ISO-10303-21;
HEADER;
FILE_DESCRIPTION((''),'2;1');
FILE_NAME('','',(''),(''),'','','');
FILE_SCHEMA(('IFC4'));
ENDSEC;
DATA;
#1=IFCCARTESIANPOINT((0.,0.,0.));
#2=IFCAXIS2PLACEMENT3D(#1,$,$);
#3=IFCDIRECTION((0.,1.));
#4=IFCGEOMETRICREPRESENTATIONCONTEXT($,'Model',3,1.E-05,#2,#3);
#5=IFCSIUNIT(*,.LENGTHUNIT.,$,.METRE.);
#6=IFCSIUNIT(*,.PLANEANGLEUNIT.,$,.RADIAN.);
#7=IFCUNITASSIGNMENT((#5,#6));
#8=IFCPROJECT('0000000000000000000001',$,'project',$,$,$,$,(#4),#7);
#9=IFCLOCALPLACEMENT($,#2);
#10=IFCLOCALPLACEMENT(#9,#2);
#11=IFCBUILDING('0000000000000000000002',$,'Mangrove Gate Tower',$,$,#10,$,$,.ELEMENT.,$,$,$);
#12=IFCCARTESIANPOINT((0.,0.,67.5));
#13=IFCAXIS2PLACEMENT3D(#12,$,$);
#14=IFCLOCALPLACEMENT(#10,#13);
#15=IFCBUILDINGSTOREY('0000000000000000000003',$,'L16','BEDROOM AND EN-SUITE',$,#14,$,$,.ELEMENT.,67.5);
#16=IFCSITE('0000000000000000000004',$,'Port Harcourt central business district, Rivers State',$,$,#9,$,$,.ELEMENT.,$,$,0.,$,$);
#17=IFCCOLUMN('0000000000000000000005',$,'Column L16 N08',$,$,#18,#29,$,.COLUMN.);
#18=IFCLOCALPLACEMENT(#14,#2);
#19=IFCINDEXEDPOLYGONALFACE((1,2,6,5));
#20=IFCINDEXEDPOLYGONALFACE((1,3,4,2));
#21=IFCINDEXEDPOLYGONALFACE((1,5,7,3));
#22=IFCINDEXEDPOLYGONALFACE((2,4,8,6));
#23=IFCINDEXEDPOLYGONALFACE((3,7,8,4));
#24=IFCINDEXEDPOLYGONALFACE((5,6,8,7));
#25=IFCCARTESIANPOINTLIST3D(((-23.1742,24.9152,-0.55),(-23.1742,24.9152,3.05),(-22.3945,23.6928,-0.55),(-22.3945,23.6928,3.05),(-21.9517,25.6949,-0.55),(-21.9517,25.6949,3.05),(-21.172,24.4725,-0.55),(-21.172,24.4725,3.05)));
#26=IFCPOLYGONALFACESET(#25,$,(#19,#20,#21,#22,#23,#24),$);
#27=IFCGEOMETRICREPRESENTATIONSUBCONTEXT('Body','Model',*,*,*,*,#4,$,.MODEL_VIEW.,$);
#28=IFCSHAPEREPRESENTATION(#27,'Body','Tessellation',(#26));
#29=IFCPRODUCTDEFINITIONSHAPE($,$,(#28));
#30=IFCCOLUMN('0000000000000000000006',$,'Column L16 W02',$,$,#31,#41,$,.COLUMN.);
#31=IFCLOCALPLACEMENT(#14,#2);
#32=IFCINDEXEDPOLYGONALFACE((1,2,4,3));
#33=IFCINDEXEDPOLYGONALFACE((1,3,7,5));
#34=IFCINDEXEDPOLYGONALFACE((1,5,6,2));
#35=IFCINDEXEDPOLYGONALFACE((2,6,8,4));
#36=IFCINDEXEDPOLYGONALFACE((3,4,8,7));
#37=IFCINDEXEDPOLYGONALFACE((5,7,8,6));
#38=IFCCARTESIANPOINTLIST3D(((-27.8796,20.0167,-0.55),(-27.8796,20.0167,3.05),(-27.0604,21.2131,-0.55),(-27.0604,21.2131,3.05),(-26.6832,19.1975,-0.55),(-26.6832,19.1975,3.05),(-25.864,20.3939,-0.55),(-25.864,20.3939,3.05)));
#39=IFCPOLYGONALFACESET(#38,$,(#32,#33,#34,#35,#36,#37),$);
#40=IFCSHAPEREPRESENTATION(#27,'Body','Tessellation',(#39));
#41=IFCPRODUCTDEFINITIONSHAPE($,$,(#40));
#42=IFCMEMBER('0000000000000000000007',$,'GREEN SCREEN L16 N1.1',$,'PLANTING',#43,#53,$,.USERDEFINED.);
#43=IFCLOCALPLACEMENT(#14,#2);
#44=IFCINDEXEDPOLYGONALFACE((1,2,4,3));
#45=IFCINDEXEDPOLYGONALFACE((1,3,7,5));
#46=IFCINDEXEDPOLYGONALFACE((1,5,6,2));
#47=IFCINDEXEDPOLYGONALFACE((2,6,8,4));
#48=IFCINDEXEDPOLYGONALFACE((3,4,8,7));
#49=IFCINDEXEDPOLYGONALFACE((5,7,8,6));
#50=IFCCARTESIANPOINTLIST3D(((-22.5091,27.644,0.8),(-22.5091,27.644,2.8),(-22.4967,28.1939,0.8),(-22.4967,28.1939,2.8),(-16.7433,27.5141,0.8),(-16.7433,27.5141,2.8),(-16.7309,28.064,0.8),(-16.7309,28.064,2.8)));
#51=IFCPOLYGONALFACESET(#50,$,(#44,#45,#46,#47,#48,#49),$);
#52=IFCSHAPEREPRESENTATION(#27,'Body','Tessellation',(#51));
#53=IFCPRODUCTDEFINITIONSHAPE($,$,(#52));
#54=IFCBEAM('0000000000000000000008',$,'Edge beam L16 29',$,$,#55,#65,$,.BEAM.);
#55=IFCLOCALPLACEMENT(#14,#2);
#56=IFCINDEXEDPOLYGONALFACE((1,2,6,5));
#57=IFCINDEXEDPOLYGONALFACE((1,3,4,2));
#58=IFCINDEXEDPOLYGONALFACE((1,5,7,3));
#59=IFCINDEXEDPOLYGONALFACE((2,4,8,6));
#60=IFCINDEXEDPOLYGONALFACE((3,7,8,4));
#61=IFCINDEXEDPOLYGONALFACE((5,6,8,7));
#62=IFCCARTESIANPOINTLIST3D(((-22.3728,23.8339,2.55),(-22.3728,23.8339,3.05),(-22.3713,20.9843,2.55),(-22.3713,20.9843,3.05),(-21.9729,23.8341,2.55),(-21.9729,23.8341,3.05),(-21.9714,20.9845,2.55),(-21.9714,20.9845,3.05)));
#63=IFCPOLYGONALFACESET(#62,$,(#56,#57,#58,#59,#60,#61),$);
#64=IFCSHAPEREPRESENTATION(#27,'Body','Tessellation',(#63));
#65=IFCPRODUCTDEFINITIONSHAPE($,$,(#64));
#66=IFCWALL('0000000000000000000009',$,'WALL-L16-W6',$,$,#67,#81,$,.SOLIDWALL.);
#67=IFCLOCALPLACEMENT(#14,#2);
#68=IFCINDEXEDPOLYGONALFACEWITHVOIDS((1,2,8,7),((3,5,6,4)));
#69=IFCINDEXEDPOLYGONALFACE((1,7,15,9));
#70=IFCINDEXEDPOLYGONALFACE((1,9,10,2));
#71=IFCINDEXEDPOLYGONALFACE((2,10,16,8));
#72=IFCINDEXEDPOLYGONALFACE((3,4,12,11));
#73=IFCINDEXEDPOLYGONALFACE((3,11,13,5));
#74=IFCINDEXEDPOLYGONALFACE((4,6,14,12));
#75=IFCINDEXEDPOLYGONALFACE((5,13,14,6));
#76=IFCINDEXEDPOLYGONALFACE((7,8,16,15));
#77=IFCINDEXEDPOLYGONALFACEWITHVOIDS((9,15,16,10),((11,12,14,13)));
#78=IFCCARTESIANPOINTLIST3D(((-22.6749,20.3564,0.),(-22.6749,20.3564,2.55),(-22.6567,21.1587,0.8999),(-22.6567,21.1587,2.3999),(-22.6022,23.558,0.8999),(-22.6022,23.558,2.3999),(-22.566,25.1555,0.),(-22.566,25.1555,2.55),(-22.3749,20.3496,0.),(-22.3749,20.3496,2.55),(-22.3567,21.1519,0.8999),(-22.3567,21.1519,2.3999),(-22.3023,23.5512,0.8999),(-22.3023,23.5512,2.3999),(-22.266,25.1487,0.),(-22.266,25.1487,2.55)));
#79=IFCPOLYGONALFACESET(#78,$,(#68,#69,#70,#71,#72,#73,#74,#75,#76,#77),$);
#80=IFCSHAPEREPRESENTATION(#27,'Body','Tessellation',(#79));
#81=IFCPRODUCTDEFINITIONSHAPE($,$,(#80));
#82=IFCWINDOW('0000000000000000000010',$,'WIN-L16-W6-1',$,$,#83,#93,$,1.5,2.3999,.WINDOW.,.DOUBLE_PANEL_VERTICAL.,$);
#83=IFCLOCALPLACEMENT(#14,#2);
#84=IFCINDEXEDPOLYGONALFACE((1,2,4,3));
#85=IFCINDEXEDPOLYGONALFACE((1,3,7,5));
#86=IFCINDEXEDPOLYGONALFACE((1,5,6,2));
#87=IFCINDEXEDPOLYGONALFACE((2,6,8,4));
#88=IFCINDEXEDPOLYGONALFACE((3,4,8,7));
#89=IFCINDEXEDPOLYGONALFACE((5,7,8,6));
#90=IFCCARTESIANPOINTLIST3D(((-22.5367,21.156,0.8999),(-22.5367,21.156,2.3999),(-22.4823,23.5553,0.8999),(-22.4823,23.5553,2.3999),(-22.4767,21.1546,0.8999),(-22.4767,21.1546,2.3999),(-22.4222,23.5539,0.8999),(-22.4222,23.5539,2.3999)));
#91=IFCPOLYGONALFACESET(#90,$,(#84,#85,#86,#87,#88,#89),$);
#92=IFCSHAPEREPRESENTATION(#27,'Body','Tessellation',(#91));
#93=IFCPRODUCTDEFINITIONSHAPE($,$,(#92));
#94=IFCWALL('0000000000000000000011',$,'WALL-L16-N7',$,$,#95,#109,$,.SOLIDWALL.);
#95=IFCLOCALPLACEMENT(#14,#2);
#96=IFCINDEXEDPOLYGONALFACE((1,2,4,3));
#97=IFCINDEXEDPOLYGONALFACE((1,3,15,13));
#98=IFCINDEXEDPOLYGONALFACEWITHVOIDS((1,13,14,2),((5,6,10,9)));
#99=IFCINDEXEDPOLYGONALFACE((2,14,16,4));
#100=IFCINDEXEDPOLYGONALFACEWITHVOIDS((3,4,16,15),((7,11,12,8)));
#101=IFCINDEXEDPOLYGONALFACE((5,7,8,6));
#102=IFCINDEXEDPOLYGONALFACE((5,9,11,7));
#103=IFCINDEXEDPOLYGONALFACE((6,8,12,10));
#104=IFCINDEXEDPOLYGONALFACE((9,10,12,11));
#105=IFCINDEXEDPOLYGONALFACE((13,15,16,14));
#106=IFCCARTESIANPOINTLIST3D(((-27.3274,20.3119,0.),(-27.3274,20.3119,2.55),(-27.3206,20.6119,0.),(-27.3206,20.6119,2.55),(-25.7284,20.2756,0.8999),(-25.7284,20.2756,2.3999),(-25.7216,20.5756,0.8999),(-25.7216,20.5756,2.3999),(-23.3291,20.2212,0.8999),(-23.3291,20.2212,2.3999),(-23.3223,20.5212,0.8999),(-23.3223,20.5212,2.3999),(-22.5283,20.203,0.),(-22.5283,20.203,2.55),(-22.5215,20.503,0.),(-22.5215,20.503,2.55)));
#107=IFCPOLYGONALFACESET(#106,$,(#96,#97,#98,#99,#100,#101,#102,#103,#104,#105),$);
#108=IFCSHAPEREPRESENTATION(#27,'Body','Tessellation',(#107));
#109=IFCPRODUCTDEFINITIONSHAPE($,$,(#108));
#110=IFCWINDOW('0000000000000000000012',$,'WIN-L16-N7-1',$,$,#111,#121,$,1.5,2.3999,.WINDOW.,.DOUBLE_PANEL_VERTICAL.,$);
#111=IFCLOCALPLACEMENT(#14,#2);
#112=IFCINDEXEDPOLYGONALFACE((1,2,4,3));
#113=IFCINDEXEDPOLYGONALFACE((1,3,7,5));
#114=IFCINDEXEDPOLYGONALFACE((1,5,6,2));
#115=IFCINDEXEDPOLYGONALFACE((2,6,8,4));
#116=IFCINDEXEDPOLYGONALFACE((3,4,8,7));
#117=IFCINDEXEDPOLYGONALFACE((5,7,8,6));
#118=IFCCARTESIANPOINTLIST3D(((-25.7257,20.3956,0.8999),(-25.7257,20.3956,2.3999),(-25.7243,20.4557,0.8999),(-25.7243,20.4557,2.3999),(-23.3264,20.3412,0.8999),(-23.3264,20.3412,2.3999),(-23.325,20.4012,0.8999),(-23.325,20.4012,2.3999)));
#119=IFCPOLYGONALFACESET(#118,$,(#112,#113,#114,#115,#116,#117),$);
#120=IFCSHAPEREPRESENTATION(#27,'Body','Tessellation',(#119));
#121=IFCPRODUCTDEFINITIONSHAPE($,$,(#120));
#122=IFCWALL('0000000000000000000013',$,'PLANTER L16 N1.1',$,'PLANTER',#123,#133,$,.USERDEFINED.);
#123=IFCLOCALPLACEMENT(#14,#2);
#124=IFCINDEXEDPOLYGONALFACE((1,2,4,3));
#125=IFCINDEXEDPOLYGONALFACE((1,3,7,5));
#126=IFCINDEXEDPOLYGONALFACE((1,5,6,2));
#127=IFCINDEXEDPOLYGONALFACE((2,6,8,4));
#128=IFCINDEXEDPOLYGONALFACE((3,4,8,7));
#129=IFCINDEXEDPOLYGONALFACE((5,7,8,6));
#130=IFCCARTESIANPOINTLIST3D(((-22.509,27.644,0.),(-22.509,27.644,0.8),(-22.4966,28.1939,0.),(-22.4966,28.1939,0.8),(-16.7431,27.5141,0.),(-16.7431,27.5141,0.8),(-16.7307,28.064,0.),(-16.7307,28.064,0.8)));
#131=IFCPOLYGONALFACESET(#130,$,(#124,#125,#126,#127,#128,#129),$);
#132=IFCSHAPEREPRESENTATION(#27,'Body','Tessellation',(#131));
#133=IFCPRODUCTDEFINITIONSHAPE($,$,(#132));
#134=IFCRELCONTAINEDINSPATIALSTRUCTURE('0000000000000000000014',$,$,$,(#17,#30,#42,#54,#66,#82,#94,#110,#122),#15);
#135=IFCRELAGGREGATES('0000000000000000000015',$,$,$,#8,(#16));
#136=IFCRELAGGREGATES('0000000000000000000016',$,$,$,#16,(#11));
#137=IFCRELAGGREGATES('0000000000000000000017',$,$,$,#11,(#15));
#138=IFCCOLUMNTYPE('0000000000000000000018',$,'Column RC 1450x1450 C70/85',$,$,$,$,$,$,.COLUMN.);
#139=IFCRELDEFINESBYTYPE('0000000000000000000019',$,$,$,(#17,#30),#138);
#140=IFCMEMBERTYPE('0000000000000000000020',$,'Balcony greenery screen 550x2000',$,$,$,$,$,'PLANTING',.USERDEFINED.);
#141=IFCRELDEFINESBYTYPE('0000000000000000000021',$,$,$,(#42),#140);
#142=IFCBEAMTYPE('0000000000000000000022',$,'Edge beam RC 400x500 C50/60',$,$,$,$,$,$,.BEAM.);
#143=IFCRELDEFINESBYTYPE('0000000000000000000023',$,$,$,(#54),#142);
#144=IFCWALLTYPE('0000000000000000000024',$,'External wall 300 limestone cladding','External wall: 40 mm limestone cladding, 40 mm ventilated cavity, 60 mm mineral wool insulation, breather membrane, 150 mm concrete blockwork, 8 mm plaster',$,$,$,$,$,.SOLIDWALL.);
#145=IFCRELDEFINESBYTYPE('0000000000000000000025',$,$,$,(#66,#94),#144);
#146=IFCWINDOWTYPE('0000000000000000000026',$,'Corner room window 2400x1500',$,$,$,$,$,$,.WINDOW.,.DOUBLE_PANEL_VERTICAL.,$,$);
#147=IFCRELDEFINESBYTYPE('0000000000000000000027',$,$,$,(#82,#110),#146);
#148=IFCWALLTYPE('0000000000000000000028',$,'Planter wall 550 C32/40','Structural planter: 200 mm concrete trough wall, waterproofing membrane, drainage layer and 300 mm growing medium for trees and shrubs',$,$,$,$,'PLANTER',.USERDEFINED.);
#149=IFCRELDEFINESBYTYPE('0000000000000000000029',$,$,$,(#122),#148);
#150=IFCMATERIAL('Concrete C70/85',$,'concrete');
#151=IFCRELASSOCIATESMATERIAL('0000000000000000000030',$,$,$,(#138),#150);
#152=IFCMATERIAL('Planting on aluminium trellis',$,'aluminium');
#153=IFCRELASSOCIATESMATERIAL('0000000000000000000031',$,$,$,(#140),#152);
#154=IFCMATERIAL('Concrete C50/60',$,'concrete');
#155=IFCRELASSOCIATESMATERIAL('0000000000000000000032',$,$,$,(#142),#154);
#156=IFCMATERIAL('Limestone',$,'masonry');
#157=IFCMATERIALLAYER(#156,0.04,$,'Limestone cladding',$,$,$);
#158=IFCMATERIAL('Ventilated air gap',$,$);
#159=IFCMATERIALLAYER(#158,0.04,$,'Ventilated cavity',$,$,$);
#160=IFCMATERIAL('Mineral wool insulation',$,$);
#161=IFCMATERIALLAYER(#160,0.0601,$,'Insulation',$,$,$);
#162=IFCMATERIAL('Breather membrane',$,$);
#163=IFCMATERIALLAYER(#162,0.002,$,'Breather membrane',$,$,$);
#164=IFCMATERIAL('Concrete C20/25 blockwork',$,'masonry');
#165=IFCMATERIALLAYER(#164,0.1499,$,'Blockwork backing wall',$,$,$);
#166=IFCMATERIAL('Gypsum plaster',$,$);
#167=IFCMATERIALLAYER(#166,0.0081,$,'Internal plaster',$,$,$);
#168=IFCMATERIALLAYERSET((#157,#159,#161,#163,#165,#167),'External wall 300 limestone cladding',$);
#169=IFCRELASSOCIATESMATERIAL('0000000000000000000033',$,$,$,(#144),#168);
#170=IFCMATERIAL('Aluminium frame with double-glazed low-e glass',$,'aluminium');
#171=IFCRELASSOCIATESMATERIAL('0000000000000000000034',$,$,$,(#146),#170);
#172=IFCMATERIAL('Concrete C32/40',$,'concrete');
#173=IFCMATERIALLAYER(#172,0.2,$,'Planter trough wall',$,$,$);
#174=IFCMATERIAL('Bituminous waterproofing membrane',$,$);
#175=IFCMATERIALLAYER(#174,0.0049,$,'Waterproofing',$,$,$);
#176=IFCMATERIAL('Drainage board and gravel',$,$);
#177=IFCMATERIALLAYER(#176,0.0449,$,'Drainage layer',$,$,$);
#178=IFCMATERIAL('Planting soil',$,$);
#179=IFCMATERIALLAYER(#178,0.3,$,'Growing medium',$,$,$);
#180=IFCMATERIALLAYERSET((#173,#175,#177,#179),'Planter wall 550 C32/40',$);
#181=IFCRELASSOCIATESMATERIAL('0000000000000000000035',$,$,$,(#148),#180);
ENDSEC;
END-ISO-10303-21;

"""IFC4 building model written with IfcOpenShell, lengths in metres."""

from ifc_helpers import new_model, si_unit, direction, frame, frame_2d, origin, origin_2d, place, context, subcontext, project, spatial, rectangle, extrude, material, layer, layer_set, material_profile, profile_set, type_object, element, fill, save


model = new_model("IFC4")

# Units and contexts
model_context = context("Model", 3, precision=1e-05, world=origin(), true_north=direction((0.0, 1.0)))
body_context = subcontext(model_context, "Body", "Model", "MODEL_VIEW")
ifc_project = project(units=[si_unit("LENGTHUNIT", "METRE"), si_unit("PLANEANGLEUNIT", "RADIAN")], contexts=[model_context])

# Site, building, storey
site_placement = place(None, origin())
site = spatial("IfcSite", under=ifc_project, at=site_placement, Name="Port Harcourt central business district, Rivers State", CompositionType="ELEMENT", RefElevation=0.0)
building_placement = place(site_placement, origin())
building = spatial("IfcBuilding", under=site, at=building_placement, Name="Mangrove Gate Tower", CompositionType="ELEMENT")
storey_placement = place(building_placement, frame((0.0, 0.0, 67.5)))
storey = spatial("IfcBuildingStorey", under=building, at=storey_placement, Name="L16", Description="BEDROOM AND EN-SUITE", CompositionType="ELEMENT", Elevation=67.5)

# Columns
ifc_material_1 = material(Name="Concrete C70/85", Category="concrete")
ifc_material_profile_1 = material_profile(ifc_material_1, rectangle(XDim=1.45, YDim=1.45, at=origin_2d()))
ifc_profile_set_1 = profile_set([ifc_material_profile_1], Name="Concrete C70/85")
column_type = type_object("IfcColumnType", Name="Column RC 1450x1450 C70/85", PredefinedType="COLUMN", material=ifc_profile_set_1)
for number, where, z_axis, x_axis, name in (
    (1, (-22.1731, 24.6938, -0.55), (0.0, 0.0, 1.0), (-0.843102, -0.537753, 0.0), "Column L16 N08"),
    (2, (-26.8718, 20.2053, -0.55), (0.0, 0.0, 1.0), (-0.564978, -0.825106, 0.0), "Column L16 W02"),
):
    element("IfcColumn", number, at=place(storey_placement, frame(where, z_axis=z_axis, x_axis=x_axis)), inside=storey, type_object=column_type, Name=name, PredefinedType="COLUMN", context=body_context, shape_type="SweptSolid", body=[
        extrude(rectangle(XDim=1.45, YDim=1.45, at=origin_2d()), origin(), (0.0, 0.0, 1.0), 3.6001),
    ])

# Member
ifc_material_2 = material(Name="Planting on aluminium trellis", Category="aluminium")
ifc_material_profile_2 = material_profile(ifc_material_2, rectangle(XDim=0.55, YDim=2.0, at=origin_2d()))
ifc_profile_set_2 = profile_set([ifc_material_profile_2], Name="Planting on aluminium trellis")
member_type = type_object("IfcMemberType", Name="Balcony greenery screen 550x2000", ElementType="PLANTING", PredefinedType="USERDEFINED", material=ifc_profile_set_2)
member_placement = place(storey_placement, frame((-22.5029, 27.9189, 1.8), z_axis=(0.999746, -0.02252, 0.0), x_axis=(0.02252, 0.999746, 0.0)))
element("IfcMember", 3, at=member_placement, inside=storey, type_object=member_type, Name="GREEN SCREEN L16 N1.1", ObjectType="PLANTING", PredefinedType="USERDEFINED", context=body_context, shape_type="SweptSolid", body=[
    extrude(rectangle(XDim=0.55, YDim=2.0, at=origin_2d()), origin(), (0.0, 0.0, 1.0), 5.7673),
])

# Beam
ifc_material_3 = material(Name="Concrete C50/60", Category="concrete")
ifc_material_profile_3 = material_profile(ifc_material_3, rectangle(XDim=0.3999, YDim=0.5, at=origin_2d()))
ifc_profile_set_3 = profile_set([ifc_material_profile_3], Name="Concrete C50/60")
beam_type = type_object("IfcBeamType", Name="Edge beam RC 400x500 C50/60", PredefinedType="BEAM", material=ifc_profile_set_3)
beam_placement = place(storey_placement, frame((-22.1729, 23.834, 2.8), z_axis=(0.000514, -1.0, 0.0), x_axis=(1.0, 0.000514, 0.0)))
element("IfcBeam", 4, at=beam_placement, inside=storey, type_object=beam_type, Name="Edge beam L16 29", PredefinedType="BEAM", context=body_context, shape_type="SweptSolid", body=[
    extrude(rectangle(XDim=0.3999, YDim=0.5, at=origin_2d()), origin(), (0.0, 0.0, 1.0), 2.8496),
])

# Walls, openings, windows
ifc_material_4 = material(Name="Limestone", Category="masonry")
ifc_layer_1 = layer(ifc_material_4, 0.04, Name="Limestone cladding")
ifc_material_5 = material(Name="Ventilated air gap")
ifc_layer_2 = layer(ifc_material_5, 0.04, Name="Ventilated cavity")
ifc_material_6 = material(Name="Mineral wool insulation")
ifc_layer_3 = layer(ifc_material_6, 0.0601, Name="Insulation")
ifc_material_7 = material(Name="Breather membrane")
ifc_layer_4 = layer(ifc_material_7, 0.002, Name="Breather membrane")
ifc_material_8 = material(Name="Concrete C20/25 blockwork", Category="masonry")
ifc_layer_5 = layer(ifc_material_8, 0.1499, Name="Blockwork backing wall")
ifc_material_9 = material(Name="Gypsum plaster")
ifc_layer_6 = layer(ifc_material_9, 0.0081, Name="Internal plaster")
ifc_layer_set_1 = layer_set([ifc_layer_1, ifc_layer_2, ifc_layer_3, ifc_layer_4, ifc_layer_5, ifc_layer_6], Name="External wall 300 limestone cladding")
wall_type_1 = type_object("IfcWallType", Name="External wall 300 limestone cladding", Description="External wall: 40 mm limestone cladding, 40 mm ventilated cavity, 60 mm mineral wool insulation, breather membrane, 150 mm concrete blockwork, 8 mm plaster", PredefinedType="SOLIDWALL", material=ifc_layer_set_1)
wall_1_placement = place(storey_placement, frame((-22.416, 25.1521, 0.0), z_axis=(0.0, 0.0, 1.0), x_axis=(-0.022683, -0.999743, 0.0)))
wall_1 = element("IfcWall", 5, at=wall_1_placement, inside=storey, type_object=wall_type_1, Name="WALL-L16-W6", PredefinedType="SOLIDWALL", context=body_context, shape_type="SweptSolid", body=[
    extrude(rectangle(XDim=4.8003, YDim=0.3, at=frame_2d((2.4001, 0.0))), origin(), (0.0, 0.0, 1.0), 2.55),
])
opening_1_placement = place(wall_1_placement, frame((1.5979, 0.0, 0.8999)))
opening_1 = element("IfcOpeningElement", 6, at=opening_1_placement, cuts=wall_1, PredefinedType="OPENING", context=body_context, shape_type="SweptSolid", body=[
    extrude(rectangle(XDim=2.3999, YDim=1.5, at=frame_2d((1.2, 0.75))), frame((0.0, 0.1599, 0.0), z_axis=(0.0, -1.0, 0.0), x_axis=(1.0, 0.0, 0.0)), (0.0, 0.0, 1.0), 0.3201),
])
ifc_material_10 = material(Name="Aluminium frame with double-glazed low-e glass", Category="aluminium")
window_type_1 = type_object("IfcWindowType", Name="Corner room window 2400x1500", PartitioningType="DOUBLE_PANEL_VERTICAL", PredefinedType="WINDOW", material=ifc_material_10)
window_1_placement = place(opening_1_placement, origin())
window_1 = element("IfcWindow", 7, at=window_1_placement, inside=storey, type_object=window_type_1, Name="WIN-L16-W6-1", OverallHeight=1.5, OverallWidth=2.3999, PartitioningType="DOUBLE_PANEL_VERTICAL", PredefinedType="WINDOW", context=body_context, shape_type="SweptSolid", body=[
    extrude(rectangle(XDim=2.3999, YDim=1.5, at=frame_2d((1.2, 0.75))), frame((0.0, 0.03, 0.0), z_axis=(0.0, -1.0, 0.0), x_axis=(1.0, 0.0, 0.0)), (0.0, 0.0, 1.0), 0.0601),
])
fill(opening_1, window_1)
wall_2_placement = place(storey_placement, frame((-22.5249, 20.353, 0.0), z_axis=(0.0, 0.0, 1.0), x_axis=(-0.999743, 0.022683, 0.0)))
wall_2 = element("IfcWall", 8, at=wall_2_placement, inside=storey, type_object=wall_type_1, Name="WALL-L16-N7", PredefinedType="SOLIDWALL", context=body_context, shape_type="SweptSolid", body=[
    extrude(rectangle(XDim=4.8003, YDim=0.3, at=frame_2d((2.4001, 0.0))), origin(), (0.0, 0.0, 1.0), 2.55),
])
opening_2_placement = place(wall_2_placement, frame((0.801, 0.0, 0.8999)))
opening_2 = element("IfcOpeningElement", 9, at=opening_2_placement, cuts=wall_2, PredefinedType="OPENING", context=body_context, shape_type="SweptSolid", body=[
    extrude(rectangle(XDim=2.3999, YDim=1.5, at=frame_2d((1.2, 0.75))), frame((0.0, 0.1599, 0.0), z_axis=(0.0, -1.0, 0.0), x_axis=(1.0, 0.0, 0.0)), (0.0, 0.0, 1.0), 0.3201),
])
window_2_placement = place(opening_2_placement, origin())
window_2 = element("IfcWindow", 10, at=window_2_placement, inside=storey, type_object=window_type_1, Name="WIN-L16-N7-1", OverallHeight=1.5, OverallWidth=2.3999, PartitioningType="DOUBLE_PANEL_VERTICAL", PredefinedType="WINDOW", context=body_context, shape_type="SweptSolid", body=[
    extrude(rectangle(XDim=2.3999, YDim=1.5, at=frame_2d((1.2, 0.75))), frame((0.0, 0.03, 0.0), z_axis=(0.0, -1.0, 0.0), x_axis=(1.0, 0.0, 0.0)), (0.0, 0.0, 1.0), 0.0601),
])
fill(opening_2, window_2)

# Wall
ifc_material_11 = material(Name="Concrete C32/40", Category="concrete")
ifc_layer_7 = layer(ifc_material_11, 0.2, Name="Planter trough wall")
ifc_material_12 = material(Name="Bituminous waterproofing membrane")
ifc_layer_8 = layer(ifc_material_12, 0.0049, Name="Waterproofing")
ifc_material_13 = material(Name="Drainage board and gravel")
ifc_layer_9 = layer(ifc_material_13, 0.0449, Name="Drainage layer")
ifc_material_14 = material(Name="Planting soil")
ifc_layer_10 = layer(ifc_material_14, 0.3, Name="Growing medium")
ifc_layer_set_2 = layer_set([ifc_layer_7, ifc_layer_8, ifc_layer_9, ifc_layer_10], Name="Planter wall 550 C32/40")
wall_type_2 = type_object("IfcWallType", Name="Planter wall 550 C32/40", Description="Structural planter: 200 mm concrete trough wall, waterproofing membrane, drainage layer and 300 mm growing medium for trees and shrubs", ElementType="PLANTER", PredefinedType="USERDEFINED", material=ifc_layer_set_2)
wall_3_placement = place(storey_placement, frame((-22.5029, 27.9189, 0.0), z_axis=(0.0, 0.0, 1.0), x_axis=(0.999746, -0.02252, 0.0)))
element("IfcWall", 11, at=wall_3_placement, inside=storey, type_object=wall_type_2, Name="PLANTER L16 N1.1", ObjectType="PLANTER", PredefinedType="USERDEFINED", context=body_context, shape_type="SweptSolid", body=[
    extrude(rectangle(XDim=5.7673, YDim=0.55, at=frame_2d((2.8838, 0.0))), origin(), (0.0, 0.0, 1.0), 0.8),
])

save(model, "model.ifc")
